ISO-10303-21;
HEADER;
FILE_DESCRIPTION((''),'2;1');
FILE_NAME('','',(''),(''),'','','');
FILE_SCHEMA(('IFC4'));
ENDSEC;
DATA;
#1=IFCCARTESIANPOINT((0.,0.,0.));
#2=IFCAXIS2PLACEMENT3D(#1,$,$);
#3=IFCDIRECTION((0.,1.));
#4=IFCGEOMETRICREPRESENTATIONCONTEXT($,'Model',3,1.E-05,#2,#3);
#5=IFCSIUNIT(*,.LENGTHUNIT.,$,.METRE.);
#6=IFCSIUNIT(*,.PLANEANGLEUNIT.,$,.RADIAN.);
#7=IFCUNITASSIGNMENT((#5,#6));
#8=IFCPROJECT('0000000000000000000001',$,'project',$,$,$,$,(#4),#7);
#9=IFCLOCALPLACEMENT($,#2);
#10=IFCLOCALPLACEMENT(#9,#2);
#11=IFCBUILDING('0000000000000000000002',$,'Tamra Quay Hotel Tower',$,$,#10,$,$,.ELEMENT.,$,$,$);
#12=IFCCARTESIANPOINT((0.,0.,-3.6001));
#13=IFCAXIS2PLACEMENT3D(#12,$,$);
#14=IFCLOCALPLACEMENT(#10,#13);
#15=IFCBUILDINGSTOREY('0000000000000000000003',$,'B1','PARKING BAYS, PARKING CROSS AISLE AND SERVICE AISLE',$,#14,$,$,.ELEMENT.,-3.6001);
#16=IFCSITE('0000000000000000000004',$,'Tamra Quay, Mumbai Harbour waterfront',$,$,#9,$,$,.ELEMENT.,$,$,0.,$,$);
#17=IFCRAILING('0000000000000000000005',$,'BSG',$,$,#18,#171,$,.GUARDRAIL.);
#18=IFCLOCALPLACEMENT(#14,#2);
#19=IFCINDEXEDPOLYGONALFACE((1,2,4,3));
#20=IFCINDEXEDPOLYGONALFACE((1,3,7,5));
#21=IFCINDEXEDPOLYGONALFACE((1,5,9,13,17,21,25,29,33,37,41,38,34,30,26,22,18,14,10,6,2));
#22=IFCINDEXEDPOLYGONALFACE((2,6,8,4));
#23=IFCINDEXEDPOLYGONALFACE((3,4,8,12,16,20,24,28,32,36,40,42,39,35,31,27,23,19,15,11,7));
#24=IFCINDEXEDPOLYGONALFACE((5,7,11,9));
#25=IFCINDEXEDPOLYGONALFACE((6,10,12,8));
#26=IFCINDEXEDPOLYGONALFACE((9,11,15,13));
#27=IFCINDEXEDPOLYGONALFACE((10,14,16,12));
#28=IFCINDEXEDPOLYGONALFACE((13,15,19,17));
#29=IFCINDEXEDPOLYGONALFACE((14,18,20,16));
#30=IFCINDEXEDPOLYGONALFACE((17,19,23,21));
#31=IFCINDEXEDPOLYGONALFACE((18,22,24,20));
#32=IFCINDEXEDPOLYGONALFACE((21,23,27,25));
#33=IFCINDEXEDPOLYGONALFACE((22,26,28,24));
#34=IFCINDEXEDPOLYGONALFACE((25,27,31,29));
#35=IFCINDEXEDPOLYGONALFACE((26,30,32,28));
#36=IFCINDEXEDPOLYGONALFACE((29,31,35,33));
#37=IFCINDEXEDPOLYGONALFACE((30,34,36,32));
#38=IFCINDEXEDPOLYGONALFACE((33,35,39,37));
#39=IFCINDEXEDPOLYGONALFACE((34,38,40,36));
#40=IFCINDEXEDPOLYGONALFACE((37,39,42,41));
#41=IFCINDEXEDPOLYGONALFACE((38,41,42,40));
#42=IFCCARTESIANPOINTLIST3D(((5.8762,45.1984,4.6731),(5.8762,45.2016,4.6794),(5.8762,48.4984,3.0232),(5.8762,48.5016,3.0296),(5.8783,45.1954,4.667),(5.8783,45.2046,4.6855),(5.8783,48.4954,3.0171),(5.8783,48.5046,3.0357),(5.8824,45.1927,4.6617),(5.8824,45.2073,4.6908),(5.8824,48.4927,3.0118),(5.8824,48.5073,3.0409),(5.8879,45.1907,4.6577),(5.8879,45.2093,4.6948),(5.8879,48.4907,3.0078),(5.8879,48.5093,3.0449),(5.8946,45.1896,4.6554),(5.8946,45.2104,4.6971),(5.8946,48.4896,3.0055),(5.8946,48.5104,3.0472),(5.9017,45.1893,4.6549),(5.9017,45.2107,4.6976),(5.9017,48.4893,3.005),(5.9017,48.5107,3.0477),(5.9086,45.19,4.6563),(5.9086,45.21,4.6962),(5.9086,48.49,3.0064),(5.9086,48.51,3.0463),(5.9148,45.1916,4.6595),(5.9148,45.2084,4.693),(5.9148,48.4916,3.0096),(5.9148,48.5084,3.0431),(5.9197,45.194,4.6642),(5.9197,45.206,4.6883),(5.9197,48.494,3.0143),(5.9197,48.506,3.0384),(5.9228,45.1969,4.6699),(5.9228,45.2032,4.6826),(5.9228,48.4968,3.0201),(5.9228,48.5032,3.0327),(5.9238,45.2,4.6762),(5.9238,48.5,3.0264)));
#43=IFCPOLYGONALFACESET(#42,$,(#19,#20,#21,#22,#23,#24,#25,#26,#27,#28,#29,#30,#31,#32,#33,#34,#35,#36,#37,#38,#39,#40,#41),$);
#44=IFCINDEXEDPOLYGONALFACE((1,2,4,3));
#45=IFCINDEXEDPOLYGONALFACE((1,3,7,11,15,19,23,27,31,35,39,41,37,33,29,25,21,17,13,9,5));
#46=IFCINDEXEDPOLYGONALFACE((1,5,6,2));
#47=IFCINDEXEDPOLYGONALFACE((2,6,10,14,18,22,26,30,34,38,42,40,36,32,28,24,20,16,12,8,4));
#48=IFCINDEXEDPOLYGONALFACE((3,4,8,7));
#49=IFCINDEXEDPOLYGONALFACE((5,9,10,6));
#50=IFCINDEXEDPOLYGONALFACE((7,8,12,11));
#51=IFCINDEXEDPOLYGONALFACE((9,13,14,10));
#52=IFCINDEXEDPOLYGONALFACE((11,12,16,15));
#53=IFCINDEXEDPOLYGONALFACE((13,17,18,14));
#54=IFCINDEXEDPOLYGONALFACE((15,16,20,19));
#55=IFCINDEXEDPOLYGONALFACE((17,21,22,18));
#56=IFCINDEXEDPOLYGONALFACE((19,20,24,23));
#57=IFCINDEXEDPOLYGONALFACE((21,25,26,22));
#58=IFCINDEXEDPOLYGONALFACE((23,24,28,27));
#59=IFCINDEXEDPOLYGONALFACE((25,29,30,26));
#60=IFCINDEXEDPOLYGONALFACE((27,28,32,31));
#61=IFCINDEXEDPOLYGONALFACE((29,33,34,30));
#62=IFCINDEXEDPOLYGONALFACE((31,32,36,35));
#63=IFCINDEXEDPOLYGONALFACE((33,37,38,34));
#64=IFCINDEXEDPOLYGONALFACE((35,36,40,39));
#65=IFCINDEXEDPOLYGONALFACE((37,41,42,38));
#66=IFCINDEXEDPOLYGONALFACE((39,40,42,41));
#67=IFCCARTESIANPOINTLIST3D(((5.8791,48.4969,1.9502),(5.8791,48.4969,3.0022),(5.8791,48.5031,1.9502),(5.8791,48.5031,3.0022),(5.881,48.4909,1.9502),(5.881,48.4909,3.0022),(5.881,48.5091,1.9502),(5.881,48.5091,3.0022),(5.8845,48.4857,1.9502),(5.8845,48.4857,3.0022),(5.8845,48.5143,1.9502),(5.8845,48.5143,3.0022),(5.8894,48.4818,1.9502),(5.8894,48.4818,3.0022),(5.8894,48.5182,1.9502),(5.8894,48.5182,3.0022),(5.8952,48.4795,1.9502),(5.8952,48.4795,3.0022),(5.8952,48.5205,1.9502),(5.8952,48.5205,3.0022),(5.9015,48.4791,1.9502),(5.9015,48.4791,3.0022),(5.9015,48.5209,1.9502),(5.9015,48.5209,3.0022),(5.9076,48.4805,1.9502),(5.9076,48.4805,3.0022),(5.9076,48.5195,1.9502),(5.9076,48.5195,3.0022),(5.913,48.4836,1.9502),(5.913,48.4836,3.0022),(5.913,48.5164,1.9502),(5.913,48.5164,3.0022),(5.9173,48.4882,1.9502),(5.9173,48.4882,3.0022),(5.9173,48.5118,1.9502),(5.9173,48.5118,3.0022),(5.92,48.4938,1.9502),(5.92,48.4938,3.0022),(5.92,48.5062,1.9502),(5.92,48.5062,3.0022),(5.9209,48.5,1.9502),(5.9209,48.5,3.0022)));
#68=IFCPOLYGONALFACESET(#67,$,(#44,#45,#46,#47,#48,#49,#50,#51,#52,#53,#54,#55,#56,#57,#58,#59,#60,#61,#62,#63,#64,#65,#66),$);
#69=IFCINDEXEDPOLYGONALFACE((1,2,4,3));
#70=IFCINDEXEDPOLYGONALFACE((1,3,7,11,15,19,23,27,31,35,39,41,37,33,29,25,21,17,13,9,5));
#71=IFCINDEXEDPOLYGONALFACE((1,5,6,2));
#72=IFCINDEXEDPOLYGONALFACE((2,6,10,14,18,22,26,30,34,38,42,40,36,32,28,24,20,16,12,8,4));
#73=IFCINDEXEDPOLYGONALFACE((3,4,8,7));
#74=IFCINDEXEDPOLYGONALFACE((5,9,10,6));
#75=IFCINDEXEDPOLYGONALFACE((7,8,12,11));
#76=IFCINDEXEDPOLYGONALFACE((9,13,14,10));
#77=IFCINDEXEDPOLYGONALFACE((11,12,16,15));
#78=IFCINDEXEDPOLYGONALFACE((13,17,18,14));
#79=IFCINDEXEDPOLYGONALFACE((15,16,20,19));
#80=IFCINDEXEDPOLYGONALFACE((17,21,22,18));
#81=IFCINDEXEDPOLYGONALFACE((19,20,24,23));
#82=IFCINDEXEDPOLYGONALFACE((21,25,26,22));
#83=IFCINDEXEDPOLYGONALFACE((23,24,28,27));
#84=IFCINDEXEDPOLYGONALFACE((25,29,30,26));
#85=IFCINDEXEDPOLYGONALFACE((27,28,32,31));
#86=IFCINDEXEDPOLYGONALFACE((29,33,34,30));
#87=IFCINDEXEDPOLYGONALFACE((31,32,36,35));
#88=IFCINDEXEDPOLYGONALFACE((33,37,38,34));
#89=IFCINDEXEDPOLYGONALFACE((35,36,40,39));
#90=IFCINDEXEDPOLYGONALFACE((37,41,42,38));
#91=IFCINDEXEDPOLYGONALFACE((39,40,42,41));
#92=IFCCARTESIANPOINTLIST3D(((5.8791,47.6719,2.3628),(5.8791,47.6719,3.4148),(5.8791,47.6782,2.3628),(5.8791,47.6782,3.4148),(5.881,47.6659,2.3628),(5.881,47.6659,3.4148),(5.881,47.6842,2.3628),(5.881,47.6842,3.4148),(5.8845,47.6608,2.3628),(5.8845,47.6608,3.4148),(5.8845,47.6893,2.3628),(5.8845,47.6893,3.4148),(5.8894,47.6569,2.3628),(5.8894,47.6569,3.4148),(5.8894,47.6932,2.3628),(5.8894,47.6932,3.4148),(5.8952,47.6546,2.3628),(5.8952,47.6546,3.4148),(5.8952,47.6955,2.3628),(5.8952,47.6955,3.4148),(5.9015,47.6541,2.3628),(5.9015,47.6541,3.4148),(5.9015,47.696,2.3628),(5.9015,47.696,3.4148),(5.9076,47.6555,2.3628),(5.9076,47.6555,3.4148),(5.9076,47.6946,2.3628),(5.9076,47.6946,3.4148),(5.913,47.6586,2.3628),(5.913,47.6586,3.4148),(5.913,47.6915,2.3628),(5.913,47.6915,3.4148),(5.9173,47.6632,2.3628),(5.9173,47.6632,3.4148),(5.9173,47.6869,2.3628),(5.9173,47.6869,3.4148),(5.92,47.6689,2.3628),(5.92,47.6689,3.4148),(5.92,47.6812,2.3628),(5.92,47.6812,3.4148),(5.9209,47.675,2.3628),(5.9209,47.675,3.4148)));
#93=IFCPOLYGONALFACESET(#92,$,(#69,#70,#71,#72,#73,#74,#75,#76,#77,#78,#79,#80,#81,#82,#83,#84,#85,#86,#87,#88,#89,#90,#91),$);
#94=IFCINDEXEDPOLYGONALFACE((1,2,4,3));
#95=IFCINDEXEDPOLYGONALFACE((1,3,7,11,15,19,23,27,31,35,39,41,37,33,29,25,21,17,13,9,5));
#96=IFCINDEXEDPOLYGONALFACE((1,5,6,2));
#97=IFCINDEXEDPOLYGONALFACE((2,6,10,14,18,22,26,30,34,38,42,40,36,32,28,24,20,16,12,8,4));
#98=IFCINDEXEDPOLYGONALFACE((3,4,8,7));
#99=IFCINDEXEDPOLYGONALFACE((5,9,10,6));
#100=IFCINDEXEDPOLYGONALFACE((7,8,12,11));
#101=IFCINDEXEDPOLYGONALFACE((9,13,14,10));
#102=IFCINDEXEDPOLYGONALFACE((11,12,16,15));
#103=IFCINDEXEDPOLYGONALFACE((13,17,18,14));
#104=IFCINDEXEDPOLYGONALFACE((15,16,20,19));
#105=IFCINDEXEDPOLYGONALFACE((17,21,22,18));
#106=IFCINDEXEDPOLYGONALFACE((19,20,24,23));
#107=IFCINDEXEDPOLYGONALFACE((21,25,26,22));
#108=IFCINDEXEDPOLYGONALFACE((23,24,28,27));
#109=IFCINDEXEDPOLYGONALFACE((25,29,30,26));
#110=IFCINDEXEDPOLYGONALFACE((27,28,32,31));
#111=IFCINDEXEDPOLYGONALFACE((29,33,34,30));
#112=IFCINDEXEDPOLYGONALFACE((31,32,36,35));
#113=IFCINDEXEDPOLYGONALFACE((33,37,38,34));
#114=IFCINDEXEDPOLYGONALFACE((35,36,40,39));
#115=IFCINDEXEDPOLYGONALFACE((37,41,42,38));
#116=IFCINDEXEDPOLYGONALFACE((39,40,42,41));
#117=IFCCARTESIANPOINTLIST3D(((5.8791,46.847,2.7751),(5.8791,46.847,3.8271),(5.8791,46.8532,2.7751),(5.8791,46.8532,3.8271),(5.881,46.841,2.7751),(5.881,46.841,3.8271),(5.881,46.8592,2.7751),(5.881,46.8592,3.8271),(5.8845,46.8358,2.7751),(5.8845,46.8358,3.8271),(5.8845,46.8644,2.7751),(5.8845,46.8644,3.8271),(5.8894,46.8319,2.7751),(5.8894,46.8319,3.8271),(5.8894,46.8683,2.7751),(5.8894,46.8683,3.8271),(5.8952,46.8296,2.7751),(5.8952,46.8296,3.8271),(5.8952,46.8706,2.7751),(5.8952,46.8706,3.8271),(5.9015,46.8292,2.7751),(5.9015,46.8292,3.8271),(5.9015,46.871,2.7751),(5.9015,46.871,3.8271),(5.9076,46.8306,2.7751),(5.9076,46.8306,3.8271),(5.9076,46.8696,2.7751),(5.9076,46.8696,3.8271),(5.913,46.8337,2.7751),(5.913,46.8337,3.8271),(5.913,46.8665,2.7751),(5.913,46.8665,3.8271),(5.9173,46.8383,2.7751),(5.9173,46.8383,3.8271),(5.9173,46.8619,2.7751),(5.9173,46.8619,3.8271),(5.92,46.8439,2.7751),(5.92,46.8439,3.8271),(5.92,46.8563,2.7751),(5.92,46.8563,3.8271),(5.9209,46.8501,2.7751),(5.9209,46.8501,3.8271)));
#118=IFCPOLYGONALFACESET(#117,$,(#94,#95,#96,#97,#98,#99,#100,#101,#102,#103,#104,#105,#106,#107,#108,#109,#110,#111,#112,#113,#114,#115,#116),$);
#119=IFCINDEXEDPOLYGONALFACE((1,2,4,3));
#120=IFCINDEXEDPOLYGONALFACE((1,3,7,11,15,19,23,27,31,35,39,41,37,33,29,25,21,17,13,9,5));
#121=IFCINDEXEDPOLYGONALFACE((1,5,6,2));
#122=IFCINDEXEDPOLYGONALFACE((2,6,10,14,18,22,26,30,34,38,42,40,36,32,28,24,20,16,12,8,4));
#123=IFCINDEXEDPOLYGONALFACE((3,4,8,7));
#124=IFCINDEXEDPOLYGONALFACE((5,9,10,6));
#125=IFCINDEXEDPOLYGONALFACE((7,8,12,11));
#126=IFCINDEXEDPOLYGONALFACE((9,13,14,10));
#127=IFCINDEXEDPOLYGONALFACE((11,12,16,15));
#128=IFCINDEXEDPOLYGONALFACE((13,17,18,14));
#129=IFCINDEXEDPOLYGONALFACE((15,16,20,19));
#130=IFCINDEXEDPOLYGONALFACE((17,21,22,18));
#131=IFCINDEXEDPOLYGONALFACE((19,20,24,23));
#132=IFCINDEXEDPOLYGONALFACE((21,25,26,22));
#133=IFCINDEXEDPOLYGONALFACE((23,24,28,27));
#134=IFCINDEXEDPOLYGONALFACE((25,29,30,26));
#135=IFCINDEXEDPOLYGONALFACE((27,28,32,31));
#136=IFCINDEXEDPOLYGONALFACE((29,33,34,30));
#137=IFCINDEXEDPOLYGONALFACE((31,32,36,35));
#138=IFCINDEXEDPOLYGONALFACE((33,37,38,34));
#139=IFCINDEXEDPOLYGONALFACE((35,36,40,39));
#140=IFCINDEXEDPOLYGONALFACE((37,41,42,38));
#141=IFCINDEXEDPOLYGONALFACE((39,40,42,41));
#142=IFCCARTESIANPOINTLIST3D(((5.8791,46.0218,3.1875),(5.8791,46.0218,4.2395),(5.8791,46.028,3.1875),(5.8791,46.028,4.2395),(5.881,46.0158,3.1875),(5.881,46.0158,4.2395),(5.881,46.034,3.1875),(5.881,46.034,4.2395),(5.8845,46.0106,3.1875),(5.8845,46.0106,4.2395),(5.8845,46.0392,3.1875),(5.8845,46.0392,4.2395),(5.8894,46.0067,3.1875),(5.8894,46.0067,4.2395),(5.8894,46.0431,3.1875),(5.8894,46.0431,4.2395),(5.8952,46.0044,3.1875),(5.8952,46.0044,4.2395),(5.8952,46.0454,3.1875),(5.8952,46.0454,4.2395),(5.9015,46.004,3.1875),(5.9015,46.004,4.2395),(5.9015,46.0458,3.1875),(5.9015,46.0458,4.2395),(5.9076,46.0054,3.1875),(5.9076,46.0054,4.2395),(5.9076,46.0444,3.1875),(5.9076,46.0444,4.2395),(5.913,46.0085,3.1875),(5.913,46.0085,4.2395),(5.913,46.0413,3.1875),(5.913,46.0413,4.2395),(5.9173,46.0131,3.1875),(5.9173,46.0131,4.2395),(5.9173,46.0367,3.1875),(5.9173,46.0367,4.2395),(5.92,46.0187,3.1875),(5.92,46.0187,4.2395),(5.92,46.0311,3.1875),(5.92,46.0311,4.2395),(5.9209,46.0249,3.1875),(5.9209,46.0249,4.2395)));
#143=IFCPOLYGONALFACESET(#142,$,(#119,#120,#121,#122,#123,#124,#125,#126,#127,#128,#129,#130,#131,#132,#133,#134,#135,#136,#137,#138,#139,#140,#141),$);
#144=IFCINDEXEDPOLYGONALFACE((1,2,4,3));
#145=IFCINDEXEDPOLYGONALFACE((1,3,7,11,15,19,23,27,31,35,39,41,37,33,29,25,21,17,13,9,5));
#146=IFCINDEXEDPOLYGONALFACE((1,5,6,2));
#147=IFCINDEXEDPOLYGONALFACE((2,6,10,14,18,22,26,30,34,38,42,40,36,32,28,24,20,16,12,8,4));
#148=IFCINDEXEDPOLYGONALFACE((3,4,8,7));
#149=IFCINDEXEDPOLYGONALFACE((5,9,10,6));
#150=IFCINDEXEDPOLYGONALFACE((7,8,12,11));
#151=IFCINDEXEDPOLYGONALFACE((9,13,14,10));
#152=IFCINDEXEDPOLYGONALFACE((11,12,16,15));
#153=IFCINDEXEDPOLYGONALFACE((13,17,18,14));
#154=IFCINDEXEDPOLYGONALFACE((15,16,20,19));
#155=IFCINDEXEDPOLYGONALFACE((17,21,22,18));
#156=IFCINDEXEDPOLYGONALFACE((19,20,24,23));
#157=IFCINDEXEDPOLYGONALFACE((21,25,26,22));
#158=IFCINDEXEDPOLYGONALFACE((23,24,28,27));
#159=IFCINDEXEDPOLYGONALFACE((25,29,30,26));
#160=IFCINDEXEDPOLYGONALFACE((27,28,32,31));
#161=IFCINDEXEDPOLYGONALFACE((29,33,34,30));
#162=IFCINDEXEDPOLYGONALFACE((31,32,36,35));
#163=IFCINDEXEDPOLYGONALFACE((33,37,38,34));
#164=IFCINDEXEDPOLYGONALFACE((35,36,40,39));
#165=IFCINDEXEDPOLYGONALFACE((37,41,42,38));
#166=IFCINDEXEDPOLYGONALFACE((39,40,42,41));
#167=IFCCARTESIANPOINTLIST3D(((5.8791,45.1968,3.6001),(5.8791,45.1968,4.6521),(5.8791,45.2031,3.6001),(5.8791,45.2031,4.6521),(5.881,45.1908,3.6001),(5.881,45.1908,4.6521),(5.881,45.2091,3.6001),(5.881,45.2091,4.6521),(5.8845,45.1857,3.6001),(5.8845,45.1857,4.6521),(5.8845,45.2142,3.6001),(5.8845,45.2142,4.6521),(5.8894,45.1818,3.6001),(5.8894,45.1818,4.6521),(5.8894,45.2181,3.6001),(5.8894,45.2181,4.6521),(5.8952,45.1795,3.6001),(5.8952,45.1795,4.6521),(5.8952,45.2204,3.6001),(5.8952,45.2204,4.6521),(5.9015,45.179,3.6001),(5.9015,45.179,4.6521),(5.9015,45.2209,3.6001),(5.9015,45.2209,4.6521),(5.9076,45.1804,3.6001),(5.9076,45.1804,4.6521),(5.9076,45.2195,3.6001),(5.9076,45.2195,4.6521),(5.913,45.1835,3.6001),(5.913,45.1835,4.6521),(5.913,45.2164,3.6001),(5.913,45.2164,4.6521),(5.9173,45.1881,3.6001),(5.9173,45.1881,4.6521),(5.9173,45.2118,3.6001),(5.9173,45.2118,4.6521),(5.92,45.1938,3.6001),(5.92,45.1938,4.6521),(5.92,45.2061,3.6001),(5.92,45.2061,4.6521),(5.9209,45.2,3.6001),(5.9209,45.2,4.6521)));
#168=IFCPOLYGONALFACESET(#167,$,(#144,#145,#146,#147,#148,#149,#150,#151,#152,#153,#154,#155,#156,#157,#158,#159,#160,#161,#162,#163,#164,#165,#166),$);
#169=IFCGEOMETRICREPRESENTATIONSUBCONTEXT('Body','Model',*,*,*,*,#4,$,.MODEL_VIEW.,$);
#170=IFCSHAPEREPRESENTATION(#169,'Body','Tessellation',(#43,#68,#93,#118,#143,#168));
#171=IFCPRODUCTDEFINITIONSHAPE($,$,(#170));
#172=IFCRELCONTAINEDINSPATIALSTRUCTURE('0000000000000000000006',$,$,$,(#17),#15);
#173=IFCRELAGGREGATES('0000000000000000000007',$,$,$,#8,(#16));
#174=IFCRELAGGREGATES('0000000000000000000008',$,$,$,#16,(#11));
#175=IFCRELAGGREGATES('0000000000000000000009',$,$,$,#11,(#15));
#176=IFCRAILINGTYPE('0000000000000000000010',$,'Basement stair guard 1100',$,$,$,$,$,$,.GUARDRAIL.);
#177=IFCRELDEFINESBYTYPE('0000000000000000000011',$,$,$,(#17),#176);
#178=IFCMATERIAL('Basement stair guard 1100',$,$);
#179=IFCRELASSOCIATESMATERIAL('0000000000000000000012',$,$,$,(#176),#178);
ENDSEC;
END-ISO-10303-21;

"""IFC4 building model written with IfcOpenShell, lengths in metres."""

from ifc_helpers import new_model, si_unit, direction, frame, origin, origin_2d, place, context, subcontext, project, spatial, circle, extrude, material, type_object, element, save


model = new_model("IFC4")

# Units and contexts
model_context = context("Model", 3, precision=1e-05, world=origin(), true_north=direction((0.0, 1.0)))
body_context = subcontext(model_context, "Body", "Model", "MODEL_VIEW")
ifc_project = project(units=[si_unit("LENGTHUNIT", "METRE"), si_unit("PLANEANGLEUNIT", "RADIAN")], contexts=[model_context])

# Site, building, storey
site_placement = place(None, origin())
site = spatial("IfcSite", under=ifc_project, at=site_placement, Name="Tamra Quay, Mumbai Harbour waterfront", CompositionType="ELEMENT", RefElevation=0.0)
building_placement = place(site_placement, origin())
building = spatial("IfcBuilding", under=site, at=building_placement, Name="Tamra Quay Hotel Tower", CompositionType="ELEMENT")
storey_placement = place(building_placement, frame((0.0, 0.0, -3.6001)))
storey = spatial("IfcBuildingStorey", under=building, at=storey_placement, Name="B1", Description="PARKING BAYS, PARKING CROSS AISLE AND SERVICE AISLE", CompositionType="ELEMENT", Elevation=-3.6001)

# Railing
ifc_material_1 = material(Name="Basement stair guard 1100")
railing_type_1 = type_object("IfcRailingType", Name="Basement stair guard 1100", PredefinedType="GUARDRAIL", material=ifc_material_1)
railing_1_placement = place(storey_placement, frame((5.8999, 48.5, 1.9502)))
element("IfcRailing", 1, at=railing_1_placement, inside=storey, type_object=railing_type_1, Name="BSG", PredefinedType="GUARDRAIL", context=body_context, shape_type="SweptSolid", body=[
    extrude(circle(Radius=0.0239, at=origin_2d()), frame((0.0, 0.0, 1.0762), z_axis=(0.0, -0.89444, 0.447187), x_axis=(1.0, 0.0, 0.0)), (0.0, 0.0, 1.0), 3.6895),
    extrude(circle(Radius=0.021, at=origin_2d()), origin(), (0.0, 0.0, 1.0), 1.052),
    extrude(circle(Radius=0.021, at=origin_2d()), frame((0.0, -0.825, 0.4126)), (0.0, 0.0, 1.0), 1.052),
    extrude(circle(Radius=0.021, at=origin_2d()), frame((0.0, -1.6499, 0.825)), (0.0, 0.0, 1.0), 1.052),
    extrude(circle(Radius=0.021, at=origin_2d()), frame((0.0, -2.4751, 1.2373)), (0.0, 0.0, 1.0), 1.052),
    extrude(circle(Radius=0.021, at=origin_2d()), frame((0.0, -3.3, 1.6499)), (0.0, 0.0, 1.0), 1.052),
])

save(model, "model.ifc")
